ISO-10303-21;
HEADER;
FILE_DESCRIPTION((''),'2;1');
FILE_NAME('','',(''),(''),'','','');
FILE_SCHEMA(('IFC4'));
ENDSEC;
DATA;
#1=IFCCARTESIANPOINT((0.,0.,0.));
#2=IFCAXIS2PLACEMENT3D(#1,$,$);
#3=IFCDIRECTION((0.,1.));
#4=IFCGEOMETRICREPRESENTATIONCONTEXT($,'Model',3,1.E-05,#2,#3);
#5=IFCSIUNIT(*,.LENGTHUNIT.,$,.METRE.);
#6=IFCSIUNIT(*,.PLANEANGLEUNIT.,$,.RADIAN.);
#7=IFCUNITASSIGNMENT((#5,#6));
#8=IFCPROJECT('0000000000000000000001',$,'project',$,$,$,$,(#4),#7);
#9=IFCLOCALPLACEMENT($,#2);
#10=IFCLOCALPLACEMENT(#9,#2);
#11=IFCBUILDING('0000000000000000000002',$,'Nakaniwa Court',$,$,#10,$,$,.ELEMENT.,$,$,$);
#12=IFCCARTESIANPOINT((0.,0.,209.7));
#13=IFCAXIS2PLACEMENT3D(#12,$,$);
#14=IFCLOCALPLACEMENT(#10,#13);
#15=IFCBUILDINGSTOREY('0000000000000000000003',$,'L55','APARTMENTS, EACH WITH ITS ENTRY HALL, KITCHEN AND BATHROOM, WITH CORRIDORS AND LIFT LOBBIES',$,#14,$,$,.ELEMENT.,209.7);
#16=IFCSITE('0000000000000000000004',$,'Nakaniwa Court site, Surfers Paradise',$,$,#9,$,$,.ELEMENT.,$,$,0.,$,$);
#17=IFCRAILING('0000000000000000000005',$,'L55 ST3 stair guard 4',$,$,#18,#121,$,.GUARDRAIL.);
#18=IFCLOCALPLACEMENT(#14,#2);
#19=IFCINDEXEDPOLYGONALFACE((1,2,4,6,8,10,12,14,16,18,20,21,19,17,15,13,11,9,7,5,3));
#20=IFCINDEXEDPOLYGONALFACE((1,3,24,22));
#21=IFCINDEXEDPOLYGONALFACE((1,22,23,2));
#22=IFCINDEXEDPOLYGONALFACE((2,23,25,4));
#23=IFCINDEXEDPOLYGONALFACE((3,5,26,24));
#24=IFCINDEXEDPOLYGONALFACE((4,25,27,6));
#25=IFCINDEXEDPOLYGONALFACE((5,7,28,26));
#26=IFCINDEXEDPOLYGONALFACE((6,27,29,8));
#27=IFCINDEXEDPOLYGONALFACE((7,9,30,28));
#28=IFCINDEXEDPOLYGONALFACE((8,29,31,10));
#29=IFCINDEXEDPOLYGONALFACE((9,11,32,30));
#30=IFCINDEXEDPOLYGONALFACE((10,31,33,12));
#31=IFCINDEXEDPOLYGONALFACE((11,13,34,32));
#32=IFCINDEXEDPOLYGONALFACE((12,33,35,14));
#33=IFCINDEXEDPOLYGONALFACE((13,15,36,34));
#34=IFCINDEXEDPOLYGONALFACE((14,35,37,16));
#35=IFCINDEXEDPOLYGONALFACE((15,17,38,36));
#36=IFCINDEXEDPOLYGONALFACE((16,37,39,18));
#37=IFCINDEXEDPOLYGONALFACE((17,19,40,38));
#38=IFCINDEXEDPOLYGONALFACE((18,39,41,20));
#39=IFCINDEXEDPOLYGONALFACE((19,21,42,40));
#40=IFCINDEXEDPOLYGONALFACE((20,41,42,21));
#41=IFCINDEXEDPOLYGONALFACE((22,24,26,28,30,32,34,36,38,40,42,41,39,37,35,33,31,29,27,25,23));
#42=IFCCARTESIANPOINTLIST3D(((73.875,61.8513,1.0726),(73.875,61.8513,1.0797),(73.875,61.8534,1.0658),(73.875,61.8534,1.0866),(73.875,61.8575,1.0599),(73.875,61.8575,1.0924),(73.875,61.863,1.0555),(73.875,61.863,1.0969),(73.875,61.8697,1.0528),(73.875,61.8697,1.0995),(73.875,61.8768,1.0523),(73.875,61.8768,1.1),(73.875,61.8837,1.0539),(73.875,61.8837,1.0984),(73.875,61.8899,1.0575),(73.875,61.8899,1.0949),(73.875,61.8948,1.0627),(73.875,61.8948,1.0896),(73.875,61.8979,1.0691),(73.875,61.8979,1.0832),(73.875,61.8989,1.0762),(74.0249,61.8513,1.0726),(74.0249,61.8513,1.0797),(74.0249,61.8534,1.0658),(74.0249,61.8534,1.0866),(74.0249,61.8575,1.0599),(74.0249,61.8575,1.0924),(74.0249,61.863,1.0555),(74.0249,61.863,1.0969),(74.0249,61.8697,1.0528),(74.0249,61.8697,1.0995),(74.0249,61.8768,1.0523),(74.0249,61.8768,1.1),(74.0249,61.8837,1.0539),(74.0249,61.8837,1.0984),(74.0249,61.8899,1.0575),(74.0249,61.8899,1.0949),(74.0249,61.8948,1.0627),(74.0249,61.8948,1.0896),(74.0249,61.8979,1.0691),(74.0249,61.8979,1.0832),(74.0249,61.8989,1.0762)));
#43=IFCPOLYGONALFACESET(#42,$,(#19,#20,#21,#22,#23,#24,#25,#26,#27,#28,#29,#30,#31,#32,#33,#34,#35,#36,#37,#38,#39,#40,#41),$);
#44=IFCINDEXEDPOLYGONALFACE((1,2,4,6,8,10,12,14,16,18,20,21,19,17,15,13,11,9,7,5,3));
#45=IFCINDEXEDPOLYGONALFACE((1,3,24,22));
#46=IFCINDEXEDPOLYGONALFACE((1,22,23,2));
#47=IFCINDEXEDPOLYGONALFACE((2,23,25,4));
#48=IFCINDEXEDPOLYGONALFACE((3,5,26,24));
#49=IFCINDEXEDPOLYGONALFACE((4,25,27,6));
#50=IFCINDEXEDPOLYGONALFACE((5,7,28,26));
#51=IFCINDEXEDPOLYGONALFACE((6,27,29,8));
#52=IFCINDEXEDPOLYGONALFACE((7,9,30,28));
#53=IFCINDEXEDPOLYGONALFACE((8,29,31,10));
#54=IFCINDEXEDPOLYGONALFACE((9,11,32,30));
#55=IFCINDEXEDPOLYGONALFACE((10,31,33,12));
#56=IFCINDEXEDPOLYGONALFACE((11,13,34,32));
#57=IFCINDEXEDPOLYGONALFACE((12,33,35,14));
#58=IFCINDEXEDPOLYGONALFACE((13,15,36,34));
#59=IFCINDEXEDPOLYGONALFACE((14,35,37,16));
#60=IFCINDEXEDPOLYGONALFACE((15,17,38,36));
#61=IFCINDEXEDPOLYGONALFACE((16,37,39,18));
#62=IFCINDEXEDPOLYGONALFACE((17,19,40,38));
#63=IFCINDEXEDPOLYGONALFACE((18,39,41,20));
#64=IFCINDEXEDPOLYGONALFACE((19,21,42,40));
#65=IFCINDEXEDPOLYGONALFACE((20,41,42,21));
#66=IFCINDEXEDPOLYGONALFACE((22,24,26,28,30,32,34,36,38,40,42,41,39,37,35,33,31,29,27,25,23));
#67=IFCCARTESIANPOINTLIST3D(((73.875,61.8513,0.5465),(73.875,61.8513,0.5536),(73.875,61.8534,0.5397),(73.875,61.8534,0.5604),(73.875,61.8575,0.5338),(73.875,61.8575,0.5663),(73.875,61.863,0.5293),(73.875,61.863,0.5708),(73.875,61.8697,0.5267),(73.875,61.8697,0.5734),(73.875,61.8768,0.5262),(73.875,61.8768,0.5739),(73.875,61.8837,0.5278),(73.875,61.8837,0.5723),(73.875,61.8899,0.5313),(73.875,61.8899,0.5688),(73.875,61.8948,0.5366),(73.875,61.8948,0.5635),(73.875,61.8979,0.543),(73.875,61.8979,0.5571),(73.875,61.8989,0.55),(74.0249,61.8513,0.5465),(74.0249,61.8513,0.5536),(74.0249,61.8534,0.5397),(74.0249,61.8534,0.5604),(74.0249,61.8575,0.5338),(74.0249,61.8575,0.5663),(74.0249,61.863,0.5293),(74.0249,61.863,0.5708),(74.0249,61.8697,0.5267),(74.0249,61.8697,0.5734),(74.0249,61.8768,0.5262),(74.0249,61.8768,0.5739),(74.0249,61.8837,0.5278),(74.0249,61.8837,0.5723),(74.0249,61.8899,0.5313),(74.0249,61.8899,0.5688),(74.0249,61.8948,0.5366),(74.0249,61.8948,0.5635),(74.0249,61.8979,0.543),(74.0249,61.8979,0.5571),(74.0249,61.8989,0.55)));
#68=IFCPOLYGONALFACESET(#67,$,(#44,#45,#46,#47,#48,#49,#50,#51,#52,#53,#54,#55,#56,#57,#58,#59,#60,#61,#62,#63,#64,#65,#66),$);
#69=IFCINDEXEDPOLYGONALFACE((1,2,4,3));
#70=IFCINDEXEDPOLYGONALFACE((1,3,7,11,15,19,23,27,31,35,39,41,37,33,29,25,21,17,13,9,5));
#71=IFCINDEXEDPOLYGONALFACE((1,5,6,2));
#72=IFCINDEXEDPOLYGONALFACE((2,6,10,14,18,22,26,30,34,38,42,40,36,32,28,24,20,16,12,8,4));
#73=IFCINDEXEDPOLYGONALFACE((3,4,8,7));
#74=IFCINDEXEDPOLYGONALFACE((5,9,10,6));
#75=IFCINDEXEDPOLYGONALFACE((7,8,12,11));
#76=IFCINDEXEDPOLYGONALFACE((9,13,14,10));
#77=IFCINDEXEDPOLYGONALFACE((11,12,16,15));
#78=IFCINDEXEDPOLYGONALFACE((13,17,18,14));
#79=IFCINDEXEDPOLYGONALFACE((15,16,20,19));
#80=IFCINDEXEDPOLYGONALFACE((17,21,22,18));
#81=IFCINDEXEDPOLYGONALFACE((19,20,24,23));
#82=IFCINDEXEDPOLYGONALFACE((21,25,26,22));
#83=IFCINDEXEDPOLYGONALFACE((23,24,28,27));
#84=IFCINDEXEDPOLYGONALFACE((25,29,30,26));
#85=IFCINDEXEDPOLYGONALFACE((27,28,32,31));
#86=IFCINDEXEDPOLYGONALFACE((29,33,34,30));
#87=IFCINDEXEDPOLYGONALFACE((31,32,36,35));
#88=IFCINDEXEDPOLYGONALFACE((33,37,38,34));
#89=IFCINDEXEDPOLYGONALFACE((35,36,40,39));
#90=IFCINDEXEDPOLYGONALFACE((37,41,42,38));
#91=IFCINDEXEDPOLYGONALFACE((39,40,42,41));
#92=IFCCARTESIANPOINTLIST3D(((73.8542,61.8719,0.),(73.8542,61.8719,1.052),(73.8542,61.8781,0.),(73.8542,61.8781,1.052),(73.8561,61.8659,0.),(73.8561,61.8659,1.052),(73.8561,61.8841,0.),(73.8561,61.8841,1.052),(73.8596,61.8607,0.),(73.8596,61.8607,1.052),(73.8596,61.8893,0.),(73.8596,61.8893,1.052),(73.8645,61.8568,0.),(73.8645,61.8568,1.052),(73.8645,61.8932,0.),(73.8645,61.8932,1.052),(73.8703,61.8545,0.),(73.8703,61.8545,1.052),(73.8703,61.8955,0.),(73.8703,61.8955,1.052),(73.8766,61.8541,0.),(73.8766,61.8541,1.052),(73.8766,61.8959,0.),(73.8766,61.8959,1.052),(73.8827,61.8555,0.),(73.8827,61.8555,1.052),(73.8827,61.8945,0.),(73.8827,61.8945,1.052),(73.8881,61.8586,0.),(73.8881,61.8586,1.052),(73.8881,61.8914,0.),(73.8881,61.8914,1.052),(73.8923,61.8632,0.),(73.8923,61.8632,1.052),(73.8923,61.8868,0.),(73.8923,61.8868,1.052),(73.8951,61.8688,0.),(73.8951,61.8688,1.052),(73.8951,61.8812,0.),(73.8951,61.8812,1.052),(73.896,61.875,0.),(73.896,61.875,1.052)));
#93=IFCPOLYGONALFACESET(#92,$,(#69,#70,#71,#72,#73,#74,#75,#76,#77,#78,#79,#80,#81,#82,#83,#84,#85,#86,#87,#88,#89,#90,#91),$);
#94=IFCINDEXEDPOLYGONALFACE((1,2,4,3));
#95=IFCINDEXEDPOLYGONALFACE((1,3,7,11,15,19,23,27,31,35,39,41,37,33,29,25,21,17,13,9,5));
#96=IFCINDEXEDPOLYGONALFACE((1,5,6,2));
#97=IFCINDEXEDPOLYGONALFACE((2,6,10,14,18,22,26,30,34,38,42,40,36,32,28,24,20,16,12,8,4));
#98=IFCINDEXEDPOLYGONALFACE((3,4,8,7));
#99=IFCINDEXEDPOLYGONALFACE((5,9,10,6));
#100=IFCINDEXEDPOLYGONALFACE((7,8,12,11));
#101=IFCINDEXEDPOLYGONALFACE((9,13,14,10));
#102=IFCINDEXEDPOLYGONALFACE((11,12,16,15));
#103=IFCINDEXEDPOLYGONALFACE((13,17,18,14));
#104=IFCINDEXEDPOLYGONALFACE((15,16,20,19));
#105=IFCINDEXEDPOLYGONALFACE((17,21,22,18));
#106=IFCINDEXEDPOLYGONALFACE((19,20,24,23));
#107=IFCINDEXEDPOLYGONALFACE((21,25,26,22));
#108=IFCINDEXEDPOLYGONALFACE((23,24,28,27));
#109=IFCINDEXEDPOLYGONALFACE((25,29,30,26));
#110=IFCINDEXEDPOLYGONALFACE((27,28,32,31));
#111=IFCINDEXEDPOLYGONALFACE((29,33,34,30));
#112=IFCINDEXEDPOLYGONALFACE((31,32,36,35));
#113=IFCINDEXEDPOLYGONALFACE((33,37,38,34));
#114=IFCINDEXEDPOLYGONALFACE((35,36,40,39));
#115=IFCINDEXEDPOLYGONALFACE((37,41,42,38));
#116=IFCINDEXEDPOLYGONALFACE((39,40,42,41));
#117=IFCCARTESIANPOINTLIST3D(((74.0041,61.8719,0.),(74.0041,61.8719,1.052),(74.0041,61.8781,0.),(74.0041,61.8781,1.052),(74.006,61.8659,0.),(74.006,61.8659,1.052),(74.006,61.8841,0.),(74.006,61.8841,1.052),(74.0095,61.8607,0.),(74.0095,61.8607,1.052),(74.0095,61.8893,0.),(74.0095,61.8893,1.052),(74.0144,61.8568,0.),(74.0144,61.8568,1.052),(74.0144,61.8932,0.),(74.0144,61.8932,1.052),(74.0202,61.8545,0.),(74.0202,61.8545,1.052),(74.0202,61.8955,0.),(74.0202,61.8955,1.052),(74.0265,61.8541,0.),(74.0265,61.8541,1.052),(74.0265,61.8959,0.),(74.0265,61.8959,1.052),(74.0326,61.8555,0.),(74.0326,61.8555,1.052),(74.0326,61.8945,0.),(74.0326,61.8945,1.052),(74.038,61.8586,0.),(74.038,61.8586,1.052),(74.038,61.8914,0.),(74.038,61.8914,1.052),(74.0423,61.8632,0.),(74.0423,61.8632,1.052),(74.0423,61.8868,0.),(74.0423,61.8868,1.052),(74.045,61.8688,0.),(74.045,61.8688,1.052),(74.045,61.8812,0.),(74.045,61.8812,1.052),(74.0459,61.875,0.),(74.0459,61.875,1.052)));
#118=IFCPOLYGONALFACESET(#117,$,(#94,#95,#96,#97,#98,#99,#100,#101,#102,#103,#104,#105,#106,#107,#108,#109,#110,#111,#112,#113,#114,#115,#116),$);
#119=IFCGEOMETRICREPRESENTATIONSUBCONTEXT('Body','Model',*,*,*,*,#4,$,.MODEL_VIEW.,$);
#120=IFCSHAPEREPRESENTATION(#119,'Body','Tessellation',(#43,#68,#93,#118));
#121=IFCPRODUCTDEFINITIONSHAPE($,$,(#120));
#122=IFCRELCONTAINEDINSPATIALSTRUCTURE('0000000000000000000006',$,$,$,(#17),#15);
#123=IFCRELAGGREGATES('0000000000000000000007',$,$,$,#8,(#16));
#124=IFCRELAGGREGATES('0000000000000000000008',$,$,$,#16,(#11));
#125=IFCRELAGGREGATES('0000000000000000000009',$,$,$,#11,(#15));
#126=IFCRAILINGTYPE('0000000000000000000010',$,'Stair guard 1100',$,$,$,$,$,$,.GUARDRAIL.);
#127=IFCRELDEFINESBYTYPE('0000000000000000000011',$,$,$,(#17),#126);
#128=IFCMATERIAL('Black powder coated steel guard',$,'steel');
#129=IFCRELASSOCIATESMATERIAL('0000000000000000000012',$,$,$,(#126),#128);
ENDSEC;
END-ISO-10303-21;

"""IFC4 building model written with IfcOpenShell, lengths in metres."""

from ifc_helpers import new_model, si_unit, direction, frame, origin, origin_2d, place, context, subcontext, project, spatial, circle, extrude, material, type_object, element, save


model = new_model("IFC4")

# Units and contexts
model_context = context("Model", 3, precision=1e-05, world=origin(), true_north=direction((0.0, 1.0)))
body_context = subcontext(model_context, "Body", "Model", "MODEL_VIEW")
ifc_project = project(units=[si_unit("LENGTHUNIT", "METRE"), si_unit("PLANEANGLEUNIT", "RADIAN")], contexts=[model_context])

# Site, building, storey
site_placement = place(None, origin())
site = spatial("IfcSite", under=ifc_project, at=site_placement, Name="Nakaniwa Court site, Surfers Paradise", CompositionType="ELEMENT", RefElevation=0.0)
building_placement = place(site_placement, origin())
building = spatial("IfcBuilding", under=site, at=building_placement, Name="Nakaniwa Court", CompositionType="ELEMENT")
storey_placement = place(building_placement, frame((0.0, 0.0, 209.7)))
storey = spatial("IfcBuildingStorey", under=building, at=storey_placement, Name="L55", Description="APARTMENTS, EACH WITH ITS ENTRY HALL, KITCHEN AND BATHROOM, WITH CORRIDORS AND LIFT LOBBIES", CompositionType="ELEMENT", Elevation=209.7)

# Railing
ifc_material_1 = material(Name="Black powder coated steel guard", Category="steel")
railing_type_1 = type_object("IfcRailingType", Name="Stair guard 1100", PredefinedType="GUARDRAIL", material=ifc_material_1)
railing_1_placement = place(storey_placement, frame((73.875, 61.875, 0.0)))
element("IfcRailing", 1, at=railing_1_placement, inside=storey, type_object=railing_type_1, Name="L55 ST3 stair guard 4", PredefinedType="GUARDRAIL", context=body_context, shape_type="SweptSolid", body=[
    extrude(circle(Radius=0.0239, at=origin_2d()), frame((0.0, 0.0, 1.0762), z_axis=(1.0, 0.0, 0.0), x_axis=(0.0, 1.0, 0.0)), (0.0, 0.0, 1.0), 0.1499),
    extrude(circle(Radius=0.0239, at=origin_2d()), frame((0.0, 0.0, 0.55), z_axis=(1.0, 0.0, 0.0), x_axis=(0.0, 1.0, 0.0)), (0.0, 0.0, 1.0), 0.1499),
    extrude(circle(Radius=0.021, at=origin_2d()), origin(), (0.0, 0.0, 1.0), 1.052),
    extrude(circle(Radius=0.021, at=origin_2d()), frame((0.1499, 0.0, 0.0)), (0.0, 0.0, 1.0), 1.052),
])

save(model, "model.ifc")
